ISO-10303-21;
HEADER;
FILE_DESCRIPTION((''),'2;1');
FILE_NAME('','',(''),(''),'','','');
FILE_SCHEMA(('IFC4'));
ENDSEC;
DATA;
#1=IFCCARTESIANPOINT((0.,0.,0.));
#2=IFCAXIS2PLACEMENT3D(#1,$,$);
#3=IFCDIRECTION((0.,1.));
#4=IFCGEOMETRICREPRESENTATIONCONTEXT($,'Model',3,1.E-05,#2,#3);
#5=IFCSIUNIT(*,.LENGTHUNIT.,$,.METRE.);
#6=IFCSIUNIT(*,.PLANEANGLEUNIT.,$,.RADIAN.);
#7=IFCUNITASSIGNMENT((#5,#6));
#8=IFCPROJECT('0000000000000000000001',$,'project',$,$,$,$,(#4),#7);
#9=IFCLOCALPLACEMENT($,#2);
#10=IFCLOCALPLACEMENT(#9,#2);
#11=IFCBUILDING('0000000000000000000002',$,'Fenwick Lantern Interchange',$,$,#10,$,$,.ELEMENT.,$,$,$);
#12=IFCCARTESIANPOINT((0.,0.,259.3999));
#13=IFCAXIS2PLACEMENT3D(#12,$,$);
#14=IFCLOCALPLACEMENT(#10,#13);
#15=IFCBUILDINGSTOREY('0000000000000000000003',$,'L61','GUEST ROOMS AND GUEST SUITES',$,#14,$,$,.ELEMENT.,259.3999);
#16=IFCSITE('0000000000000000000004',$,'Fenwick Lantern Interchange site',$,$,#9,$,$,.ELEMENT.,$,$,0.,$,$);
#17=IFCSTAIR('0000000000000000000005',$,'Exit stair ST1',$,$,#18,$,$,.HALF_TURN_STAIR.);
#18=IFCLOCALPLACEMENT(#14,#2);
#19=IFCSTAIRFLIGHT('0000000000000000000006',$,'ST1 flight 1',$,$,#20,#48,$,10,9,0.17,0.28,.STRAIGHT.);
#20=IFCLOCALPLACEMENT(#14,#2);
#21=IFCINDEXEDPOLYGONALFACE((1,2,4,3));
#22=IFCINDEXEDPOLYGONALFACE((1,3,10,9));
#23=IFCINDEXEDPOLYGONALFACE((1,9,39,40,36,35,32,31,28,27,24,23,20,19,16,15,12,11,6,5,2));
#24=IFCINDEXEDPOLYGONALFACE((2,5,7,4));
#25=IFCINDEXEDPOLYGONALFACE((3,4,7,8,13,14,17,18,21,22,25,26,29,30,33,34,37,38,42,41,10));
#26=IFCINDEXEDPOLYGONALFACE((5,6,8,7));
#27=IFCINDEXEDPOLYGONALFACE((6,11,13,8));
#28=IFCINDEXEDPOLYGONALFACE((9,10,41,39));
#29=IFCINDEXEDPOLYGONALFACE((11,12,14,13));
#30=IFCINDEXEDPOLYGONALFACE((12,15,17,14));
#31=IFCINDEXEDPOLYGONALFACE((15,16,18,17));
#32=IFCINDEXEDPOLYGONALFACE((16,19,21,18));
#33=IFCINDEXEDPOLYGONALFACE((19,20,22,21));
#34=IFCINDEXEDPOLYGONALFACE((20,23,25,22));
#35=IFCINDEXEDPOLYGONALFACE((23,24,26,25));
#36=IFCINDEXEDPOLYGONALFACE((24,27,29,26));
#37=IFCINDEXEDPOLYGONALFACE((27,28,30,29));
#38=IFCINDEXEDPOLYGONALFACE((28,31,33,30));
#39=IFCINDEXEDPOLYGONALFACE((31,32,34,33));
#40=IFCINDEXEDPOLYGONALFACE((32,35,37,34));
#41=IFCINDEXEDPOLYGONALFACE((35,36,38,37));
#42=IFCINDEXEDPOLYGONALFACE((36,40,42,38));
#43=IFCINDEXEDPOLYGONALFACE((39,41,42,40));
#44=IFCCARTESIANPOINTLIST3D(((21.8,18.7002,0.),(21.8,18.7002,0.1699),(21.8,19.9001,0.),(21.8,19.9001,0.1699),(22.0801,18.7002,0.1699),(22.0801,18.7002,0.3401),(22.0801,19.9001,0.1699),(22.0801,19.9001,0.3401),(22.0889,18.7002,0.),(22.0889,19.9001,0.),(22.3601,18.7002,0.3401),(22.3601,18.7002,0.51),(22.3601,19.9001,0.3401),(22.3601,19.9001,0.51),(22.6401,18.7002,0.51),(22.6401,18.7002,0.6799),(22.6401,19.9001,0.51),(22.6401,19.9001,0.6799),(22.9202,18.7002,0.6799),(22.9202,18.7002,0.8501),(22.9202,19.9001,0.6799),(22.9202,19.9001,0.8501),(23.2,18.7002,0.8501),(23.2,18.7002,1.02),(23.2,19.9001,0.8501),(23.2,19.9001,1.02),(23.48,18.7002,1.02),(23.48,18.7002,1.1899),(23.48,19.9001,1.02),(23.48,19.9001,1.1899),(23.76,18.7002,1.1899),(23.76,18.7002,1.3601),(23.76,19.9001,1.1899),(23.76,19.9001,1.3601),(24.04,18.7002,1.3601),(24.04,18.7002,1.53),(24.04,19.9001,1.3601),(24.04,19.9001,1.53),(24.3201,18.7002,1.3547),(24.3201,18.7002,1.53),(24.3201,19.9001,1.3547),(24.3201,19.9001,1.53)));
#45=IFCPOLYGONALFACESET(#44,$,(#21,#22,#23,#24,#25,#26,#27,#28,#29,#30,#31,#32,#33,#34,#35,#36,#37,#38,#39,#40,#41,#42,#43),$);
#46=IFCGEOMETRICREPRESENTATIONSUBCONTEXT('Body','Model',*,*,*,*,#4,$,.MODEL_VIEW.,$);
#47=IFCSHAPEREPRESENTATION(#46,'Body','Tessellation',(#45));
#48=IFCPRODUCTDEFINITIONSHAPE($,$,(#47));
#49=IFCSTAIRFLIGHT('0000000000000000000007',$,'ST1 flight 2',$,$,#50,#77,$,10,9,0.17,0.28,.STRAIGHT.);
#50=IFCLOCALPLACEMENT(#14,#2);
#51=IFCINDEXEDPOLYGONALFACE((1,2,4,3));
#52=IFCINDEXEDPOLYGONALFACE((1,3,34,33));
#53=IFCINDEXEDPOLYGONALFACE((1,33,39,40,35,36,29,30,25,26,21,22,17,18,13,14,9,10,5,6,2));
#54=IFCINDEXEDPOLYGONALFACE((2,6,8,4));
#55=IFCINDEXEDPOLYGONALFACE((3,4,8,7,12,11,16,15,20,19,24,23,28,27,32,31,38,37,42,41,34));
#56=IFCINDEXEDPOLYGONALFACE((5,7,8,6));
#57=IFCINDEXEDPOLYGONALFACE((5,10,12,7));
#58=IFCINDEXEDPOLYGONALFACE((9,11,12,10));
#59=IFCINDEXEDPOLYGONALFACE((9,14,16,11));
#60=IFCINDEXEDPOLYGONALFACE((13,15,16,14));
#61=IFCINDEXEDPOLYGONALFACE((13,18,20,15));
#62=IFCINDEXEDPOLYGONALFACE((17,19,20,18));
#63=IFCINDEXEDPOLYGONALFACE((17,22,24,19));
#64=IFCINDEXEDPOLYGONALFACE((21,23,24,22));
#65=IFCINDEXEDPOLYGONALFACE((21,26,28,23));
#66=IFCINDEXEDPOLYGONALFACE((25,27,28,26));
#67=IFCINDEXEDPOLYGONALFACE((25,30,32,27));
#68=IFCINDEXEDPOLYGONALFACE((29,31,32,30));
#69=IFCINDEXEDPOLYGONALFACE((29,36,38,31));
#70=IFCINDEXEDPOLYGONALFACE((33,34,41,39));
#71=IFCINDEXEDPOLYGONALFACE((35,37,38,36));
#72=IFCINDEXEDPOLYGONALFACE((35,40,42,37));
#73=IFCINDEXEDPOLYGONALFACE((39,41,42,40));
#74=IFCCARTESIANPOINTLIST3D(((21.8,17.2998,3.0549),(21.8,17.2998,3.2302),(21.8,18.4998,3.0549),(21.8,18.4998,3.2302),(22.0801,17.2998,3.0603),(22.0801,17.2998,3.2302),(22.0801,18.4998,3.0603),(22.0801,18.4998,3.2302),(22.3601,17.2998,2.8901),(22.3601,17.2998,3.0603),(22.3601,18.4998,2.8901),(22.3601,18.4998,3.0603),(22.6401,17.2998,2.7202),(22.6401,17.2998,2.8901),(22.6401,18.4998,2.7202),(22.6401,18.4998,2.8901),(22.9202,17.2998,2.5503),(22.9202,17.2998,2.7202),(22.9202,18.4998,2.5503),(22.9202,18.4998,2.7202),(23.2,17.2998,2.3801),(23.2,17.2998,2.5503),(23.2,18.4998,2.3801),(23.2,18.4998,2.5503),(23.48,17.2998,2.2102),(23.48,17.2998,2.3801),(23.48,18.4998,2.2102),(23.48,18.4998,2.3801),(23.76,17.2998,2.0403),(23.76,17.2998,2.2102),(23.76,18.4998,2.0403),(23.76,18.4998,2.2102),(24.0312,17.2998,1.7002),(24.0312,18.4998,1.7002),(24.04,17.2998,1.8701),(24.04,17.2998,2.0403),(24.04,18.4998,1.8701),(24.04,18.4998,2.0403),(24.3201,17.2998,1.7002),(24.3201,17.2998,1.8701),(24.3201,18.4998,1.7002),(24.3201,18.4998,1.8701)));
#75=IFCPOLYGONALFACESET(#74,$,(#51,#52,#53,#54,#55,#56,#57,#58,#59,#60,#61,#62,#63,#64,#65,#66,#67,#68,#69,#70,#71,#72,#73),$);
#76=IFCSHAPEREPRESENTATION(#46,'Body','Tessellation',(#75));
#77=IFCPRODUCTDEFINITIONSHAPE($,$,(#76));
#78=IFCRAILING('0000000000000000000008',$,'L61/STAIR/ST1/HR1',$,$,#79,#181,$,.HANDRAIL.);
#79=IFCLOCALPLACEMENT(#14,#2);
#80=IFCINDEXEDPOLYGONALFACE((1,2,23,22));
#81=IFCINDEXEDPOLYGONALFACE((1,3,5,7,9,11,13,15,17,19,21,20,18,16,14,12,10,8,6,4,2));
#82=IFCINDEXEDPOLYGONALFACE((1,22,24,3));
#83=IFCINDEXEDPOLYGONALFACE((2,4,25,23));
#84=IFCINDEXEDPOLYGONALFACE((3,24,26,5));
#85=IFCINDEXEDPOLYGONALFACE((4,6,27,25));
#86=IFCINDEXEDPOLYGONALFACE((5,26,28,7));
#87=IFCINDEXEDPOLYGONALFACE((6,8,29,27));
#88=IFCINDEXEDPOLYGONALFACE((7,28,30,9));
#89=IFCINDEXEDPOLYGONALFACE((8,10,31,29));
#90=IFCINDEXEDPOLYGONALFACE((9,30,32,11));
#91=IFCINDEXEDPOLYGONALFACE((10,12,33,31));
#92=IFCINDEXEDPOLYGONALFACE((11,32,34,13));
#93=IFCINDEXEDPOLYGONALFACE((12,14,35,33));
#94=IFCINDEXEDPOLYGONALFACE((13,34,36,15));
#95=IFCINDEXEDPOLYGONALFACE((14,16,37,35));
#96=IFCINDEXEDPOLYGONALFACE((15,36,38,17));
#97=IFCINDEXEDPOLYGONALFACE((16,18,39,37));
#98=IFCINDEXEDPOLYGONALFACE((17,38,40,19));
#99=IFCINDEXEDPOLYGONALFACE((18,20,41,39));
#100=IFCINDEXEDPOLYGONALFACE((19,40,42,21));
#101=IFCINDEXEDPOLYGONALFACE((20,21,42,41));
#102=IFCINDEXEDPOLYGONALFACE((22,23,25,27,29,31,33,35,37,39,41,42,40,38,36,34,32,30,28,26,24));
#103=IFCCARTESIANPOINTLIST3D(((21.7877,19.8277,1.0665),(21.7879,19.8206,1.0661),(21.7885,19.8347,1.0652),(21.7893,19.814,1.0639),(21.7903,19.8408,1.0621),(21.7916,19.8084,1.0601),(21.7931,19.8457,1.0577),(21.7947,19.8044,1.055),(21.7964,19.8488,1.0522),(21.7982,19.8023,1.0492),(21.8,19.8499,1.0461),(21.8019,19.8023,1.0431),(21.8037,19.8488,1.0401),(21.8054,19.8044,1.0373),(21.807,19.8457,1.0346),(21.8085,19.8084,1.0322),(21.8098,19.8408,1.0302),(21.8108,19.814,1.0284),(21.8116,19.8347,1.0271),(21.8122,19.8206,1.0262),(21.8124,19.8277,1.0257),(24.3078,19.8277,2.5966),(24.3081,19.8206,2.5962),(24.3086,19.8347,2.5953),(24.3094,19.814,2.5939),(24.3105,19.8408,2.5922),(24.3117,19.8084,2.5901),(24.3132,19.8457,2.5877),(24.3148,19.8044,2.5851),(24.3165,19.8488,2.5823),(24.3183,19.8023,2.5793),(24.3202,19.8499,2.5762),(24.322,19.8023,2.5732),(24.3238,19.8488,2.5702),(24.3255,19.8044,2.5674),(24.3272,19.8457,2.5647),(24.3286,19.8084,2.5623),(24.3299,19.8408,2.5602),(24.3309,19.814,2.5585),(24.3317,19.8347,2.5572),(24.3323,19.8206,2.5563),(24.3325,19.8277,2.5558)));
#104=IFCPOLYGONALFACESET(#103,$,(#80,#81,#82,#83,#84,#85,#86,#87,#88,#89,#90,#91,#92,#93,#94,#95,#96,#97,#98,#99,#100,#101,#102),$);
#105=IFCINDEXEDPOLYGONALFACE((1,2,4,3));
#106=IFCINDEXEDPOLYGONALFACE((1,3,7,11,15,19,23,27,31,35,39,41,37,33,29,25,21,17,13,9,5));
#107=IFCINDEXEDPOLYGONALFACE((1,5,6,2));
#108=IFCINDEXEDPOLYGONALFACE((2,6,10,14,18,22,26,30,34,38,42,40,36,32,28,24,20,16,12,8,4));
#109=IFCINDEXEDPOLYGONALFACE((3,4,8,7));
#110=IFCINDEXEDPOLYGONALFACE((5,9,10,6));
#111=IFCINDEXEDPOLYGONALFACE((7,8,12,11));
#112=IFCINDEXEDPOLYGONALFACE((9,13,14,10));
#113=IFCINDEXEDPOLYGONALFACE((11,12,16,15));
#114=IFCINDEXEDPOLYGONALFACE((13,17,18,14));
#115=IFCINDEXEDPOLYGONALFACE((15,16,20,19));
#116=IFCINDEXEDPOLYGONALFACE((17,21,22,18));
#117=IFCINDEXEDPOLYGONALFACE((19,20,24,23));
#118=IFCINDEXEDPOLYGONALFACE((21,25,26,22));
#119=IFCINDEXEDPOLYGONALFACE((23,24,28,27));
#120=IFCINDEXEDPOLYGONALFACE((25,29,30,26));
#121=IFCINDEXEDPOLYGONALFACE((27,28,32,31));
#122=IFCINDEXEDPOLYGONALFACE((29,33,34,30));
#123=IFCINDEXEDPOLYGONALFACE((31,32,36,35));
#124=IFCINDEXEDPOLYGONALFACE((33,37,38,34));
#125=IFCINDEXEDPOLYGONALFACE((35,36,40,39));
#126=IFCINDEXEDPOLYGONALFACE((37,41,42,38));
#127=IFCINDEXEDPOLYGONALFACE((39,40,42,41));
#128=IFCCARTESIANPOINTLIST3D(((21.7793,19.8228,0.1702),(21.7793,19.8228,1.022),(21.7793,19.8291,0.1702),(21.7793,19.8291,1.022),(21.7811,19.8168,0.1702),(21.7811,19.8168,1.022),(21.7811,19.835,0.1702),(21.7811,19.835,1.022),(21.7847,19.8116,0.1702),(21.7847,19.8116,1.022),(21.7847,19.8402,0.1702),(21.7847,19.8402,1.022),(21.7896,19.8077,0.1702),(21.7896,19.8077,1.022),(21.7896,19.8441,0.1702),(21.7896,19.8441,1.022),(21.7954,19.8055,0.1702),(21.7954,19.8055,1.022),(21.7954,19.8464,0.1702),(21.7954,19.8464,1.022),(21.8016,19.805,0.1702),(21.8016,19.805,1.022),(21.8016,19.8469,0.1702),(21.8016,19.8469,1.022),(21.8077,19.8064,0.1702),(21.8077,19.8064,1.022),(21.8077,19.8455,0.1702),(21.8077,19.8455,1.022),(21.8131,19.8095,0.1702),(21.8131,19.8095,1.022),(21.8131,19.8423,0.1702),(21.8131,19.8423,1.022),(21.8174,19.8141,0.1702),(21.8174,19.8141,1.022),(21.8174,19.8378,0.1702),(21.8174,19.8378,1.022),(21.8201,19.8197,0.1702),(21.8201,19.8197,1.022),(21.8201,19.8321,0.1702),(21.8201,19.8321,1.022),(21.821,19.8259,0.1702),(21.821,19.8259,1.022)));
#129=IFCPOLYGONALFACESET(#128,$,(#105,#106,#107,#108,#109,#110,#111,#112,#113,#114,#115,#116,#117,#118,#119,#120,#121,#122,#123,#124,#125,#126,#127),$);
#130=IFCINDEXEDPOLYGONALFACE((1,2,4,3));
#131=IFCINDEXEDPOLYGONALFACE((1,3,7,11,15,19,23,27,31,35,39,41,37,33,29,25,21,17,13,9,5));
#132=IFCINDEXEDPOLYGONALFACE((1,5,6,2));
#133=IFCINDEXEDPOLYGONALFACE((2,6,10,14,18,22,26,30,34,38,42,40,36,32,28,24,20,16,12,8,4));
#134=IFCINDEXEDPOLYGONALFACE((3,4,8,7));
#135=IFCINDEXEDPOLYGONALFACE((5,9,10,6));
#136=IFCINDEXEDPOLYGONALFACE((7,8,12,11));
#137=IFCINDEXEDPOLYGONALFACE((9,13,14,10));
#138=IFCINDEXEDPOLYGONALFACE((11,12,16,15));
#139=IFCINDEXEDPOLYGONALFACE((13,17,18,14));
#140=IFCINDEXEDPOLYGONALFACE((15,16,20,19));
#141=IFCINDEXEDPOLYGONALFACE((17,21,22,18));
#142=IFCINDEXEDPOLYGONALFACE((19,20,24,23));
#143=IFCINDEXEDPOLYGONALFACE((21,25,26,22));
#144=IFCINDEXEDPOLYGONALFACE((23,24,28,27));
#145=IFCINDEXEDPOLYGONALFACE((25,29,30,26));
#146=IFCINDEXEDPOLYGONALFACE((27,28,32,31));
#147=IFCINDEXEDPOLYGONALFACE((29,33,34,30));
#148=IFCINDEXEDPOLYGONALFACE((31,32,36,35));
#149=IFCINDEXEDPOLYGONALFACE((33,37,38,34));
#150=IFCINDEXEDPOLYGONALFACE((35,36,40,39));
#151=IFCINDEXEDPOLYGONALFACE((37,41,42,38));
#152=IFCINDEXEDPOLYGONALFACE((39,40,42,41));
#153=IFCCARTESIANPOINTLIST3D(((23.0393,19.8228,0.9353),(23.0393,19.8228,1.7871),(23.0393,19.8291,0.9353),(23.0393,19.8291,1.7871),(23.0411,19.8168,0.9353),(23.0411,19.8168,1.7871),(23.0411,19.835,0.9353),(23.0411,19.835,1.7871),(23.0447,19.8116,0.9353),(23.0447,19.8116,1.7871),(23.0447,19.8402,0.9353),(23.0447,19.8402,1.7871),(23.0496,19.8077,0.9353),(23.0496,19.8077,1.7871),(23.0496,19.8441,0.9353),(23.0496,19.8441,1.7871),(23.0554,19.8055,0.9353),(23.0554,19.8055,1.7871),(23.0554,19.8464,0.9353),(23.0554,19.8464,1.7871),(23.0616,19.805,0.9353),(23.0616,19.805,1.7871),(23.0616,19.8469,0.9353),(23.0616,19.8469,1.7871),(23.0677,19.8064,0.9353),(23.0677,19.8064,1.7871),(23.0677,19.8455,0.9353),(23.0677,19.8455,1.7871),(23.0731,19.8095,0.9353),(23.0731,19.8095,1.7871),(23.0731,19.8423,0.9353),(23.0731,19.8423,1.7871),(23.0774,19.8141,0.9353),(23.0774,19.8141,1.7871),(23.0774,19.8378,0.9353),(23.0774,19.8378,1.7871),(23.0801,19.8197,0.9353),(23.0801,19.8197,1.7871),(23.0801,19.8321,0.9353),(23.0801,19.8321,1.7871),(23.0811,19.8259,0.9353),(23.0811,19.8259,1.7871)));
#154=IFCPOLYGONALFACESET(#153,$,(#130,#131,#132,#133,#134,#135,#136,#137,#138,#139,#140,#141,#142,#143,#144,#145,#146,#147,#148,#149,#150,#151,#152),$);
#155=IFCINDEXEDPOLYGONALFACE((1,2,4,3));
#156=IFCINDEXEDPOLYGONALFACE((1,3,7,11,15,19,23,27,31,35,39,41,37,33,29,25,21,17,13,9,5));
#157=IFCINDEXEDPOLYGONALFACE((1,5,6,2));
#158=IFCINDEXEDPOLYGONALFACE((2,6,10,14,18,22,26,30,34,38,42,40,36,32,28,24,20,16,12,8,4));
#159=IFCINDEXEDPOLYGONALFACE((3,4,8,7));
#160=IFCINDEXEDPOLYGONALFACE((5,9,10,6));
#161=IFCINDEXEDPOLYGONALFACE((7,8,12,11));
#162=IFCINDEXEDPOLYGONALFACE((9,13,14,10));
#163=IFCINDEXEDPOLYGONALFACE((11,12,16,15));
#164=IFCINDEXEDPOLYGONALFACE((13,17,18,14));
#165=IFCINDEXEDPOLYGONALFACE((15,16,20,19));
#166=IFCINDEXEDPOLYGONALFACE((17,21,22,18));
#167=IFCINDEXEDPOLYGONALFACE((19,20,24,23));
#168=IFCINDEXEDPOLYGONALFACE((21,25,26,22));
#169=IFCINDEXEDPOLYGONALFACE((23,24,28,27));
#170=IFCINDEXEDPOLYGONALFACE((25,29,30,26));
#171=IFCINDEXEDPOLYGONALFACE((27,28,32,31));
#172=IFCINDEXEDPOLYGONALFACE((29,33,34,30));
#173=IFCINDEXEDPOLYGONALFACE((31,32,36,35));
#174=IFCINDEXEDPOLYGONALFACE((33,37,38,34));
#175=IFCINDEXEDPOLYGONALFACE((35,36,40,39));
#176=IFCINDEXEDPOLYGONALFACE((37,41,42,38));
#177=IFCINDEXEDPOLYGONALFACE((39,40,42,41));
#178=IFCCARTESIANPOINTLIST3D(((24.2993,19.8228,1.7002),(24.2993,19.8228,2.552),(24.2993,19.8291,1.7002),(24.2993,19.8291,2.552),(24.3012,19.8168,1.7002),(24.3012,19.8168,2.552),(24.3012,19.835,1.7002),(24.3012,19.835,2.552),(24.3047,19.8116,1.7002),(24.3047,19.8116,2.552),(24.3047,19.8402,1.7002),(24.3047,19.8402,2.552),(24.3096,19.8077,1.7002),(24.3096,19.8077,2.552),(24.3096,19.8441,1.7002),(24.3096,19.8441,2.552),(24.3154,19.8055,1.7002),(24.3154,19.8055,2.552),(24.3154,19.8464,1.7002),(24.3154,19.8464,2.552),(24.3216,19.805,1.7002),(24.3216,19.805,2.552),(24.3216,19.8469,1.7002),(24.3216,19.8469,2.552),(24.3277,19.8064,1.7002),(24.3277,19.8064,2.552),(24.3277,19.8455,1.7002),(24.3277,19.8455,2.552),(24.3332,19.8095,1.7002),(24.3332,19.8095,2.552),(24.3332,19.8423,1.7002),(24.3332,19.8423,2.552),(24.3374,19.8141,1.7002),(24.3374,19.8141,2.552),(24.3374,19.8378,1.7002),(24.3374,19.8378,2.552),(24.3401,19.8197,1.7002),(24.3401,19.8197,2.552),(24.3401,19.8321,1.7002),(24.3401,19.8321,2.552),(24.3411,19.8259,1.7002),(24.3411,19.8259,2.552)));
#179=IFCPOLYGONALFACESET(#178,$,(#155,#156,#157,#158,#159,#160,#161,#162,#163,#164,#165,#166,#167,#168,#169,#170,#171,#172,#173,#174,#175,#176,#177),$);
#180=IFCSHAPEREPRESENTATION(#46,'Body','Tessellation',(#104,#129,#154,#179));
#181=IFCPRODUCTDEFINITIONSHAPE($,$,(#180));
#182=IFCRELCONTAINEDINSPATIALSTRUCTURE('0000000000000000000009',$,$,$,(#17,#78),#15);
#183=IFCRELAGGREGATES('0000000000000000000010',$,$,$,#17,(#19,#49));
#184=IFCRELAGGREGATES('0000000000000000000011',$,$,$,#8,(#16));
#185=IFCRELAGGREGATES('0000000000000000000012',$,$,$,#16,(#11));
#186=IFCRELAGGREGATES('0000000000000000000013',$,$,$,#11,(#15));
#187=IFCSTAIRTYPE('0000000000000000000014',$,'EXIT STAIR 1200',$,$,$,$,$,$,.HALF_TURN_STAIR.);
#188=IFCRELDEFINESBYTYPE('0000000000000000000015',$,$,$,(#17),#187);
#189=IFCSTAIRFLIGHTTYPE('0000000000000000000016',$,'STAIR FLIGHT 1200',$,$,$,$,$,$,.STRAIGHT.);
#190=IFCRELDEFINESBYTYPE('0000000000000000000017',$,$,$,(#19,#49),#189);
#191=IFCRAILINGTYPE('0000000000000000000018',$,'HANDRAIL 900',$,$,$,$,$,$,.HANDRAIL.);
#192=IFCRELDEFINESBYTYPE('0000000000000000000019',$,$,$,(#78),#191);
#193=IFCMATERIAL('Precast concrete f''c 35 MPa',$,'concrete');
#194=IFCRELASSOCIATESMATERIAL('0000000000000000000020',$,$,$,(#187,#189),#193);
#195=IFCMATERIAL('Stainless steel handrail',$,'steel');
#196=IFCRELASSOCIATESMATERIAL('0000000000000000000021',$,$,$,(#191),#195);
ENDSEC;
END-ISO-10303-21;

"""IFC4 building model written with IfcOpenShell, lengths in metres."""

from ifc_helpers import new_model, si_unit, direction, frame, origin, origin_2d, place, context, subcontext, project, spatial, polyline, circle, outline, extrude, material, type_object, element, aggregate, save


model = new_model("IFC4")

# Units and contexts
model_context = context("Model", 3, precision=1e-05, world=origin(), true_north=direction((0.0, 1.0)))
body_context = subcontext(model_context, "Body", "Model", "MODEL_VIEW")
ifc_project = project(units=[si_unit("LENGTHUNIT", "METRE"), si_unit("PLANEANGLEUNIT", "RADIAN")], contexts=[model_context])

# Site, building, storey
site_placement = place(None, origin())
site = spatial("IfcSite", under=ifc_project, at=site_placement, Name="Fenwick Lantern Interchange site", CompositionType="ELEMENT", RefElevation=0.0)
building_placement = place(site_placement, origin())
building = spatial("IfcBuilding", under=site, at=building_placement, Name="Fenwick Lantern Interchange", CompositionType="ELEMENT")
storey_placement = place(building_placement, frame((0.0, 0.0, 259.3999)))
storey = spatial("IfcBuildingStorey", under=building, at=storey_placement, Name="L61", Description="GUEST ROOMS AND GUEST SUITES", CompositionType="ELEMENT", Elevation=259.3999)

# Stair, stair flights
ifc_material_1 = material(Name="Precast concrete f'c 35 MPa", Category="concrete")
stair_type = type_object("IfcStairType", Name="EXIT STAIR 1200", PredefinedType="HALF_TURN_STAIR", material=ifc_material_1)
stair_placement = place(storey_placement, origin())
stair = element("IfcStair", 1, at=stair_placement, inside=storey, type_object=stair_type, Name="Exit stair ST1", PredefinedType="HALF_TURN_STAIR")
stair_flight_type = type_object("IfcStairFlightType", Name="STAIR FLIGHT 1200", PredefinedType="STRAIGHT", material=ifc_material_1)
stair_flight_1_placement = place(storey_placement, frame((21.8, 19.3, 0.0), z_axis=(0.0, 0.0, 1.0), x_axis=(1.0, 0.0, 0.0)))
stair_flight_1 = element("IfcStairFlight", 2, at=stair_flight_1_placement, type_object=stair_flight_type, Name="ST1 flight 1", NumberOfRisers=10, NumberOfTreads=9, PredefinedType="STRAIGHT", RiserHeight=0.17, TreadLength=0.28, context=body_context, shape_type="SweptSolid", body=[
    extrude(outline(polyline([(0.0, 0.0), (0.0, 0.1699), (0.28, 0.1699), (0.28, 0.3401), (0.5601, 0.3401), (0.5601, 0.51), (0.8401, 0.51), (0.8401, 0.6799), (1.1201, 0.6799), (1.1201, 0.8501), (1.3999, 0.8501), (1.3999, 1.02), (1.6799, 1.02), (1.6799, 1.1899), (1.96, 1.1899), (1.96, 1.3601), (2.24, 1.3601), (2.24, 1.53), (2.52, 1.53), (2.52, 1.7), (2.52, 1.3547), (0.2888, 0.0), (0.0, 0.0)])), frame((0.0, 0.6001, 0.0), z_axis=(0.0, -1.0, 0.0), x_axis=(1.0, 0.0, 0.0)), (0.0, 0.0, 1.0), 1.2),
])
stair_flight_2_placement = place(storey_placement, frame((24.3201, 17.8999, 1.7002), z_axis=(0.0, 0.0, 1.0), x_axis=(-1.0, 0.0, 0.0)))
stair_flight_2 = element("IfcStairFlight", 3, at=stair_flight_2_placement, type_object=stair_flight_type, Name="ST1 flight 2", NumberOfRisers=10, NumberOfTreads=9, PredefinedType="STRAIGHT", RiserHeight=0.17, TreadLength=0.28, context=body_context, shape_type="SweptSolid", body=[
    extrude(outline(polyline([(0.0, 0.0), (0.0, 0.1699), (0.28, 0.1699), (0.28, 0.3401), (0.5601, 0.3401), (0.5601, 0.51), (0.8401, 0.51), (0.8401, 0.6799), (1.1201, 0.6799), (1.1201, 0.8501), (1.3999, 0.8501), (1.3999, 1.02), (1.6799, 1.02), (1.6799, 1.1899), (1.96, 1.1899), (1.96, 1.3601), (2.24, 1.3601), (2.24, 1.53), (2.52, 1.53), (2.52, 1.7), (2.52, 1.3547), (0.2888, 0.0), (0.0, 0.0)])), frame((0.0, 0.6001, 0.0), z_axis=(0.0, -1.0, 0.0), x_axis=(1.0, 0.0, 0.0)), (0.0, 0.0, 1.0), 1.2),
])
aggregate(stair, [stair_flight_1, stair_flight_2])

# Railing
ifc_material_2 = material(Name="Stainless steel handrail", Category="steel")
railing_type = type_object("IfcRailingType", Name="HANDRAIL 900", PredefinedType="HANDRAIL", material=ifc_material_2)
railing_1_placement = place(storey_placement, frame((21.8, 19.8259, 0.1702)))
element("IfcRailing", 4, at=railing_1_placement, inside=storey, type_object=railing_type, Name="L61/STAIR/ST1/HR1", PredefinedType="HANDRAIL", context=body_context, shape_type="SweptSolid", body=[
    extrude(circle(Radius=0.0239, at=origin_2d()), frame((0.0, 0.0, 0.876), z_axis=(0.854785, 0.0, 0.518982), x_axis=(0.0, 1.0, 0.0)), (0.0, 0.0, 1.0), 2.9482),
    extrude(circle(Radius=0.021, at=origin_2d()), origin(), (0.0, 0.0, 1.0), 0.8518),
    extrude(circle(Radius=0.021, at=origin_2d()), frame((1.26, 0.0, 0.7651)), (0.0, 0.0, 1.0), 0.8518),
    extrude(circle(Radius=0.021, at=origin_2d()), frame((2.52, 0.0, 1.53)), (0.0, 0.0, 1.0), 0.8518),
])

save(model, "model.ifc")
